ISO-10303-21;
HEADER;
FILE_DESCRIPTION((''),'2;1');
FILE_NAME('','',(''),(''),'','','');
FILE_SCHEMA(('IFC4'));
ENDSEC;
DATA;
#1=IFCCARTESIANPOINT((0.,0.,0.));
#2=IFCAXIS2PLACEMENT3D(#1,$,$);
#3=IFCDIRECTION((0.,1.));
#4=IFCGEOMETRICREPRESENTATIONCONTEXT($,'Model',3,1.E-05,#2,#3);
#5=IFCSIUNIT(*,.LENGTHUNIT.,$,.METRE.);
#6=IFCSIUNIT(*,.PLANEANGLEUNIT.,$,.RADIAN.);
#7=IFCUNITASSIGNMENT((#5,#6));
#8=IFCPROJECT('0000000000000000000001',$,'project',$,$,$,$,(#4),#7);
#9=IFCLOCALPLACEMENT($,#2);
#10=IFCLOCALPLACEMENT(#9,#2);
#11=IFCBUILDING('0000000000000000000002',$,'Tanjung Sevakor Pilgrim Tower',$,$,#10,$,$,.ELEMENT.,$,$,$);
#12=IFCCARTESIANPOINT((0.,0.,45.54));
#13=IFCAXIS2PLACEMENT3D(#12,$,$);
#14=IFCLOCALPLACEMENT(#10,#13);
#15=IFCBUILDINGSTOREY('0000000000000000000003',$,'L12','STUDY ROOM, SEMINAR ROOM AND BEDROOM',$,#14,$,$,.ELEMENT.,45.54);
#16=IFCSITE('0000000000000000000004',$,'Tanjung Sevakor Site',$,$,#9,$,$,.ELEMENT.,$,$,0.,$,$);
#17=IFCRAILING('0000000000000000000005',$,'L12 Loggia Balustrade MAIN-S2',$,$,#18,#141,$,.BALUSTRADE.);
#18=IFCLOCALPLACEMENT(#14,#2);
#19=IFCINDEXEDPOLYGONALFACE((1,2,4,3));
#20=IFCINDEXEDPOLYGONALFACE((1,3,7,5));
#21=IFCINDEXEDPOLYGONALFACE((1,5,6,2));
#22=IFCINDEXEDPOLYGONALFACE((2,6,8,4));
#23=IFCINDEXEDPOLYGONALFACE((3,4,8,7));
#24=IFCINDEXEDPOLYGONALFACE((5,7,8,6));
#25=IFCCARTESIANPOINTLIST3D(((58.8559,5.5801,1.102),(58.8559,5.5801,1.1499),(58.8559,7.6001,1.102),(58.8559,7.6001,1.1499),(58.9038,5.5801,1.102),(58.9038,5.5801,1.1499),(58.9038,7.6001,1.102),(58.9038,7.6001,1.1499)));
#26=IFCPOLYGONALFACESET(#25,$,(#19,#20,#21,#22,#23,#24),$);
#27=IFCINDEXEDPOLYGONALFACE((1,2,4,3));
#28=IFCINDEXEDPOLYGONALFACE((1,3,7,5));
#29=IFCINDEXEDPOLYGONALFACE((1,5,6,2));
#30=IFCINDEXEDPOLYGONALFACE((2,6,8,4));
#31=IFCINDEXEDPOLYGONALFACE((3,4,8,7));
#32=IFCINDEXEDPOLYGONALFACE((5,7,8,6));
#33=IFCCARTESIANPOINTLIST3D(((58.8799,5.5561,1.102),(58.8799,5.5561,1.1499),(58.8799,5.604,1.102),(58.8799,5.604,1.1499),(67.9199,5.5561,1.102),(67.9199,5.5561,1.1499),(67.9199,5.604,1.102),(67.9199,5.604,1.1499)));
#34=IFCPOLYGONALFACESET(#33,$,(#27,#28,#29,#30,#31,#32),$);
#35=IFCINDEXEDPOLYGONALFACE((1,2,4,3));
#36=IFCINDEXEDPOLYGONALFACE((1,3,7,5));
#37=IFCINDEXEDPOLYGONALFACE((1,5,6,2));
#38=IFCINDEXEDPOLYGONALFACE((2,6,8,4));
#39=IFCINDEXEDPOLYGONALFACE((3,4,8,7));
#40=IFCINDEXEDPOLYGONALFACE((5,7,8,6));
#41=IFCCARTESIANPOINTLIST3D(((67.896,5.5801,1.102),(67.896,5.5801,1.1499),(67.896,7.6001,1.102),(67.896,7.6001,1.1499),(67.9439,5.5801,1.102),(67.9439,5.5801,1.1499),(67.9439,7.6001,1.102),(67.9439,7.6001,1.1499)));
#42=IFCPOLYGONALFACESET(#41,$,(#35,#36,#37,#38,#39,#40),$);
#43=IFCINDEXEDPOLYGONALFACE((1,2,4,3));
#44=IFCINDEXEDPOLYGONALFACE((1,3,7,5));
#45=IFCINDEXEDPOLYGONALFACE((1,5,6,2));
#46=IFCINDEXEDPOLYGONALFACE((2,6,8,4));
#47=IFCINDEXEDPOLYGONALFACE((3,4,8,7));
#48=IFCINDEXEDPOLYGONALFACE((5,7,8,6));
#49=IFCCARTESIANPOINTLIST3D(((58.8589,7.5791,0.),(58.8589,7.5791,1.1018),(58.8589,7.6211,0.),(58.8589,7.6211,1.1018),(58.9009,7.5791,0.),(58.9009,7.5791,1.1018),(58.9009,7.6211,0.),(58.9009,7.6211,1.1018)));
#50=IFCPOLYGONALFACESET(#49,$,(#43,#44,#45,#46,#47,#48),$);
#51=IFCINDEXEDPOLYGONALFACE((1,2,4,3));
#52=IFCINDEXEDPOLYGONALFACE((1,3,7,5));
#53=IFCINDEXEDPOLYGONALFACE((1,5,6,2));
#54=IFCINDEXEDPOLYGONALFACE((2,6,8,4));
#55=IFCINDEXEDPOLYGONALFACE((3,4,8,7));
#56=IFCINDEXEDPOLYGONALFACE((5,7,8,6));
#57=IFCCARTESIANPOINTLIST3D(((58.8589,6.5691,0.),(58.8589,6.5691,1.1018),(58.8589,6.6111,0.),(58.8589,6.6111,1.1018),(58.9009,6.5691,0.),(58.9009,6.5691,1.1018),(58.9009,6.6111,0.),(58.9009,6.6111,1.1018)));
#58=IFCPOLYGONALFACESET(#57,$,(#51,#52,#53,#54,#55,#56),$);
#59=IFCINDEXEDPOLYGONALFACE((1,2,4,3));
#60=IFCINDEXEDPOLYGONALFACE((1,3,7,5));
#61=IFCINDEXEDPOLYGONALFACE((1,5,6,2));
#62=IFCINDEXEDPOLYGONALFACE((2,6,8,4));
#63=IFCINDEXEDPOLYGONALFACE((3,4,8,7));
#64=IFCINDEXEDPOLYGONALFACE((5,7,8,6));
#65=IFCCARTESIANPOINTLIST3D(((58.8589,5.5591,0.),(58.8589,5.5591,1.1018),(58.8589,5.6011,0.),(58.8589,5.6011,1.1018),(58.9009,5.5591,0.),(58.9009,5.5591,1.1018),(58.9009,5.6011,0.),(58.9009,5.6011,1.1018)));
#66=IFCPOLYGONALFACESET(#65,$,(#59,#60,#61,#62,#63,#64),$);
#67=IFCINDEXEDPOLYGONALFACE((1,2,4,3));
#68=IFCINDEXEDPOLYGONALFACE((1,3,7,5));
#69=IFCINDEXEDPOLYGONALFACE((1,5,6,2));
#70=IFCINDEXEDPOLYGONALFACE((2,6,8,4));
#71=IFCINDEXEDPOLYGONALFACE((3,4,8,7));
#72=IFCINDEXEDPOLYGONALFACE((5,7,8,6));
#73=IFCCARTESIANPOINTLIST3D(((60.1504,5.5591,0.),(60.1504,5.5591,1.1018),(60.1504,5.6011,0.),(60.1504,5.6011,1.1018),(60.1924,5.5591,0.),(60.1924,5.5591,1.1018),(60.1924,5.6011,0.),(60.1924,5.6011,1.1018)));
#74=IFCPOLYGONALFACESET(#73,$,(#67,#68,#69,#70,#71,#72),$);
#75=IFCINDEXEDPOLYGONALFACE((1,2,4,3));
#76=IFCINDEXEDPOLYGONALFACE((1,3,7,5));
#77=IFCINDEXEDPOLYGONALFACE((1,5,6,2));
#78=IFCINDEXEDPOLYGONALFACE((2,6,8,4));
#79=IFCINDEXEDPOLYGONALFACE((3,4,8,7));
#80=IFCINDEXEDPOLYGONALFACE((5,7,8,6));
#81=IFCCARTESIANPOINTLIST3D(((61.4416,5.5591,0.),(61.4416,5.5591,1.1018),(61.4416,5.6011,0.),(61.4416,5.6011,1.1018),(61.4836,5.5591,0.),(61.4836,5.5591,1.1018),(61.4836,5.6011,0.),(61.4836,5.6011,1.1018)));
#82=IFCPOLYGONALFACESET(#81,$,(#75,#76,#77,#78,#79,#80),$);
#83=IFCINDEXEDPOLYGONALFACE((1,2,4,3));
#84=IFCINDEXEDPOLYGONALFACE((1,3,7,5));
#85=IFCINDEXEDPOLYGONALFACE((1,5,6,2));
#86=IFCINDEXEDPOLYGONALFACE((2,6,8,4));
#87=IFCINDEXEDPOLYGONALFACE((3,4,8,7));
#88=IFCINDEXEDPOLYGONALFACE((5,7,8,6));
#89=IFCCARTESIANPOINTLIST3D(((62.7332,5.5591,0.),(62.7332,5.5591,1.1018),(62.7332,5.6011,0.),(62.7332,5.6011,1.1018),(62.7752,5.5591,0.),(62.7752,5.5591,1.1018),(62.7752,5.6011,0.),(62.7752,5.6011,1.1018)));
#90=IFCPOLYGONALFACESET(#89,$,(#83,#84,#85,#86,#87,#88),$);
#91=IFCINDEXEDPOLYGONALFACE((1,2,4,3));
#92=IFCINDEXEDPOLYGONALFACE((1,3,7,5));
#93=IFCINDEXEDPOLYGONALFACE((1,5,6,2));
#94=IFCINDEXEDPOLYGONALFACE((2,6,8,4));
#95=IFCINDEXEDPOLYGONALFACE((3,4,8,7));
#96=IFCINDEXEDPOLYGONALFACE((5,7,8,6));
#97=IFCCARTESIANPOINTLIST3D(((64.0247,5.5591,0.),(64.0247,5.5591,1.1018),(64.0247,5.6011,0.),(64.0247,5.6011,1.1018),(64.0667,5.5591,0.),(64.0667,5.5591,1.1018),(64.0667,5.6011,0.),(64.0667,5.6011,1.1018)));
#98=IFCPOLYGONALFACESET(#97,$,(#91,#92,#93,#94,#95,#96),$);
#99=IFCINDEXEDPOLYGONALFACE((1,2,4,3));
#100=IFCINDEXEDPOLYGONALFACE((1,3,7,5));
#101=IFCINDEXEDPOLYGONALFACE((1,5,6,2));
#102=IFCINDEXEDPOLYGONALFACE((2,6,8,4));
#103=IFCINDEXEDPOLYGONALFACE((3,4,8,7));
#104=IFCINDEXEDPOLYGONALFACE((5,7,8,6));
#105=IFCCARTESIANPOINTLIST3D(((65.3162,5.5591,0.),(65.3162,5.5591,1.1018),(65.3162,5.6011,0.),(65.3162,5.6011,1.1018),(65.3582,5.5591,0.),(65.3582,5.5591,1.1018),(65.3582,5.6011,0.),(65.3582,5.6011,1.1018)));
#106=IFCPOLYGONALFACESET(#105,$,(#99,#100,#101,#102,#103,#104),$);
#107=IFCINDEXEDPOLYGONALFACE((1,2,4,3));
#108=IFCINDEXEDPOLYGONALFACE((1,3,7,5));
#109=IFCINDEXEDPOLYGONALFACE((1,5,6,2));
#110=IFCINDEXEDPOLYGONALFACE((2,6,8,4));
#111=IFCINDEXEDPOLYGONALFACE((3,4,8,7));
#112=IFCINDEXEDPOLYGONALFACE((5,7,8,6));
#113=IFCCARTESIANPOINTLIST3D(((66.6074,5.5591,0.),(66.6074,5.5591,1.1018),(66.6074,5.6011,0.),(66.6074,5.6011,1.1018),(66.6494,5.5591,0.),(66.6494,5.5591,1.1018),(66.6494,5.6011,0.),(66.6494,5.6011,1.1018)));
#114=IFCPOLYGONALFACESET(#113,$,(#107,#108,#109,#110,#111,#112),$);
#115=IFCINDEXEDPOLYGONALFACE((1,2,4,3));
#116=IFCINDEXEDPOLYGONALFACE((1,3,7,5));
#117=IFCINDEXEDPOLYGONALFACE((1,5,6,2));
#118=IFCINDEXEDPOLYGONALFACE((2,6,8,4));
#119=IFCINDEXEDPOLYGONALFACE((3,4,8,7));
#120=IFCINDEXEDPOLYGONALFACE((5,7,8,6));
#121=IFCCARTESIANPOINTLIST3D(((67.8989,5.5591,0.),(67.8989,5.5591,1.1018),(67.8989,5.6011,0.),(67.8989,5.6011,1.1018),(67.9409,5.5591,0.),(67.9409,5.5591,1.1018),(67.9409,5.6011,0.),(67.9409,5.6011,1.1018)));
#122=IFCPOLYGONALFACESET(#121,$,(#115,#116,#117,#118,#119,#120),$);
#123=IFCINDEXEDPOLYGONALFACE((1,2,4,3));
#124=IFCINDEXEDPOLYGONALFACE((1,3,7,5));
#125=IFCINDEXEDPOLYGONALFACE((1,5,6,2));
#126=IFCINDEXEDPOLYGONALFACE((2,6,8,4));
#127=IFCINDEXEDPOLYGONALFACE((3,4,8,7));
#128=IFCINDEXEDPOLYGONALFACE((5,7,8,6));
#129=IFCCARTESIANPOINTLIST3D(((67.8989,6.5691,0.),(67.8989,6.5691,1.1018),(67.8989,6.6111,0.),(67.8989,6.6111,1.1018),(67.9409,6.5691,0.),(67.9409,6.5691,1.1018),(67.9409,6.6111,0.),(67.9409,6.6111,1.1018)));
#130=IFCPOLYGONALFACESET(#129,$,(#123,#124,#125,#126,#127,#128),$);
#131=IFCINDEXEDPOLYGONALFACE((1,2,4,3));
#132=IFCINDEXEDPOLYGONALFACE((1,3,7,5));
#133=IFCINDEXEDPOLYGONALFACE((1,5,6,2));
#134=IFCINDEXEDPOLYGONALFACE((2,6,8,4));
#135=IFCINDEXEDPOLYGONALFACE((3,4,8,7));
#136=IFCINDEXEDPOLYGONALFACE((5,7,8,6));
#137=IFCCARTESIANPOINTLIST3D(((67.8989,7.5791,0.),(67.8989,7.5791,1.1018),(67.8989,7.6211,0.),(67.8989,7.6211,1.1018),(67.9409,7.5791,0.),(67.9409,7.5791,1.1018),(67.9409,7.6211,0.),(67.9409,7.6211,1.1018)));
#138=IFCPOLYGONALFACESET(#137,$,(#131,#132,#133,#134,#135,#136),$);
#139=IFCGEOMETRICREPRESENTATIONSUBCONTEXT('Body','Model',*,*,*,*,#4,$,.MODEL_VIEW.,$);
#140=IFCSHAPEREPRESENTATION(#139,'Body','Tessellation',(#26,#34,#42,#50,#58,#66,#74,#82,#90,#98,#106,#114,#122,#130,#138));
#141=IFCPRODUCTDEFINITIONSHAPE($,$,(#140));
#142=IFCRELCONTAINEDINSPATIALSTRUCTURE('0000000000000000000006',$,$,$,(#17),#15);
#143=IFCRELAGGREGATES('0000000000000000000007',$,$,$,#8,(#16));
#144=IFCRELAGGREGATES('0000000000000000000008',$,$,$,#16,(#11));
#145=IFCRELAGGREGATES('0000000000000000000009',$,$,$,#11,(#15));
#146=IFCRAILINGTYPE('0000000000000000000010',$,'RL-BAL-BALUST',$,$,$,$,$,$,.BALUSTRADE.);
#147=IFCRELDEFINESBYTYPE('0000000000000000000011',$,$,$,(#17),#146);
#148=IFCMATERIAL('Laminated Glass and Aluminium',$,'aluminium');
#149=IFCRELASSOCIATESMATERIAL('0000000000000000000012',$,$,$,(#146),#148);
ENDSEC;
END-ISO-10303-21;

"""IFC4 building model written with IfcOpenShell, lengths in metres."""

from ifc_helpers import new_model, si_unit, direction, frame, origin, place, context, subcontext, project, spatial, rectangle, extrude, material, type_object, element, save


model = new_model("IFC4")

# Units and contexts
model_context = context("Model", 3, precision=1e-05, world=origin(), true_north=direction((0.0, 1.0)))
body_context = subcontext(model_context, "Body", "Model", "MODEL_VIEW")
ifc_project = project(units=[si_unit("LENGTHUNIT", "METRE"), si_unit("PLANEANGLEUNIT", "RADIAN")], contexts=[model_context])

# Site, building, storey
site_placement = place(None, origin())
site = spatial("IfcSite", under=ifc_project, at=site_placement, Name="Tanjung Sevakor Site", CompositionType="ELEMENT", RefElevation=0.0)
building_placement = place(site_placement, origin())
building = spatial("IfcBuilding", under=site, at=building_placement, Name="Tanjung Sevakor Pilgrim Tower", CompositionType="ELEMENT")
storey_placement = place(building_placement, frame((0.0, 0.0, 45.54)))
storey = spatial("IfcBuildingStorey", under=building, at=storey_placement, Name="L12", Description="STUDY ROOM, SEMINAR ROOM AND BEDROOM", CompositionType="ELEMENT", Elevation=45.54)

# Railing
ifc_material_1 = material(Name="Laminated Glass and Aluminium", Category="aluminium")
railing_type = type_object("IfcRailingType", Name="RL-BAL-BALUST", PredefinedType="BALUSTRADE", material=ifc_material_1)
railing_placement = place(storey_placement, frame((58.8799, 7.6001, 0.0)))
element("IfcRailing", 1, at=railing_placement, inside=storey, type_object=railing_type, Name="L12 Loggia Balustrade MAIN-S2", PredefinedType="BALUSTRADE", context=body_context, shape_type="SweptSolid", body=[
    extrude(rectangle(XDim=0.0479, YDim=0.0479), frame((0.0, 0.0, 1.126), z_axis=(0.0, -1.0, 0.0), x_axis=(1.0, 0.0, 0.0)), (0.0, 0.0, 1.0), 2.02),
    extrude(rectangle(XDim=0.0479, YDim=0.0479), frame((0.0, -2.02, 1.126), z_axis=(1.0, 0.0, 0.0), x_axis=(0.0, 1.0, 0.0)), (0.0, 0.0, 1.0), 9.04),
    extrude(rectangle(XDim=0.0479, YDim=0.0479), frame((9.04, -2.02, 1.126), z_axis=(0.0, 1.0, 0.0), x_axis=(-1.0, 0.0, 0.0)), (0.0, 0.0, 1.0), 2.02),
    extrude(rectangle(XDim=0.042, YDim=0.042), origin(), (0.0, 0.0, 1.0), 1.1018),
    extrude(rectangle(XDim=0.042, YDim=0.042), frame((0.0, -1.01, 0.0)), (0.0, 0.0, 1.0), 1.1018),
    extrude(rectangle(XDim=0.042, YDim=0.042), frame((0.0, -2.02, 0.0)), (0.0, 0.0, 1.0), 1.1018),
    extrude(rectangle(XDim=0.042, YDim=0.042), frame((1.2915, -2.02, 0.0)), (0.0, 0.0, 1.0), 1.1018),
    extrude(rectangle(XDim=0.042, YDim=0.042), frame((2.5828, -2.02, 0.0)), (0.0, 0.0, 1.0), 1.1018),
    extrude(rectangle(XDim=0.042, YDim=0.042), frame((3.8743, -2.02, 0.0)), (0.0, 0.0, 1.0), 1.1018),
    extrude(rectangle(XDim=0.042, YDim=0.042), frame((5.1658, -2.02, 0.0)), (0.0, 0.0, 1.0), 1.1018),
    extrude(rectangle(XDim=0.042, YDim=0.042), frame((6.4573, -2.02, 0.0)), (0.0, 0.0, 1.0), 1.1018),
    extrude(rectangle(XDim=0.042, YDim=0.042), frame((7.7485, -2.02, 0.0)), (0.0, 0.0, 1.0), 1.1018),
    extrude(rectangle(XDim=0.042, YDim=0.042), frame((9.04, -2.02, 0.0)), (0.0, 0.0, 1.0), 1.1018),
    extrude(rectangle(XDim=0.042, YDim=0.042), frame((9.04, -1.01, 0.0)), (0.0, 0.0, 1.0), 1.1018),
    extrude(rectangle(XDim=0.042, YDim=0.042), frame((9.04, 0.0, 0.0)), (0.0, 0.0, 1.0), 1.1018),
])

save(model, "model.ifc")
